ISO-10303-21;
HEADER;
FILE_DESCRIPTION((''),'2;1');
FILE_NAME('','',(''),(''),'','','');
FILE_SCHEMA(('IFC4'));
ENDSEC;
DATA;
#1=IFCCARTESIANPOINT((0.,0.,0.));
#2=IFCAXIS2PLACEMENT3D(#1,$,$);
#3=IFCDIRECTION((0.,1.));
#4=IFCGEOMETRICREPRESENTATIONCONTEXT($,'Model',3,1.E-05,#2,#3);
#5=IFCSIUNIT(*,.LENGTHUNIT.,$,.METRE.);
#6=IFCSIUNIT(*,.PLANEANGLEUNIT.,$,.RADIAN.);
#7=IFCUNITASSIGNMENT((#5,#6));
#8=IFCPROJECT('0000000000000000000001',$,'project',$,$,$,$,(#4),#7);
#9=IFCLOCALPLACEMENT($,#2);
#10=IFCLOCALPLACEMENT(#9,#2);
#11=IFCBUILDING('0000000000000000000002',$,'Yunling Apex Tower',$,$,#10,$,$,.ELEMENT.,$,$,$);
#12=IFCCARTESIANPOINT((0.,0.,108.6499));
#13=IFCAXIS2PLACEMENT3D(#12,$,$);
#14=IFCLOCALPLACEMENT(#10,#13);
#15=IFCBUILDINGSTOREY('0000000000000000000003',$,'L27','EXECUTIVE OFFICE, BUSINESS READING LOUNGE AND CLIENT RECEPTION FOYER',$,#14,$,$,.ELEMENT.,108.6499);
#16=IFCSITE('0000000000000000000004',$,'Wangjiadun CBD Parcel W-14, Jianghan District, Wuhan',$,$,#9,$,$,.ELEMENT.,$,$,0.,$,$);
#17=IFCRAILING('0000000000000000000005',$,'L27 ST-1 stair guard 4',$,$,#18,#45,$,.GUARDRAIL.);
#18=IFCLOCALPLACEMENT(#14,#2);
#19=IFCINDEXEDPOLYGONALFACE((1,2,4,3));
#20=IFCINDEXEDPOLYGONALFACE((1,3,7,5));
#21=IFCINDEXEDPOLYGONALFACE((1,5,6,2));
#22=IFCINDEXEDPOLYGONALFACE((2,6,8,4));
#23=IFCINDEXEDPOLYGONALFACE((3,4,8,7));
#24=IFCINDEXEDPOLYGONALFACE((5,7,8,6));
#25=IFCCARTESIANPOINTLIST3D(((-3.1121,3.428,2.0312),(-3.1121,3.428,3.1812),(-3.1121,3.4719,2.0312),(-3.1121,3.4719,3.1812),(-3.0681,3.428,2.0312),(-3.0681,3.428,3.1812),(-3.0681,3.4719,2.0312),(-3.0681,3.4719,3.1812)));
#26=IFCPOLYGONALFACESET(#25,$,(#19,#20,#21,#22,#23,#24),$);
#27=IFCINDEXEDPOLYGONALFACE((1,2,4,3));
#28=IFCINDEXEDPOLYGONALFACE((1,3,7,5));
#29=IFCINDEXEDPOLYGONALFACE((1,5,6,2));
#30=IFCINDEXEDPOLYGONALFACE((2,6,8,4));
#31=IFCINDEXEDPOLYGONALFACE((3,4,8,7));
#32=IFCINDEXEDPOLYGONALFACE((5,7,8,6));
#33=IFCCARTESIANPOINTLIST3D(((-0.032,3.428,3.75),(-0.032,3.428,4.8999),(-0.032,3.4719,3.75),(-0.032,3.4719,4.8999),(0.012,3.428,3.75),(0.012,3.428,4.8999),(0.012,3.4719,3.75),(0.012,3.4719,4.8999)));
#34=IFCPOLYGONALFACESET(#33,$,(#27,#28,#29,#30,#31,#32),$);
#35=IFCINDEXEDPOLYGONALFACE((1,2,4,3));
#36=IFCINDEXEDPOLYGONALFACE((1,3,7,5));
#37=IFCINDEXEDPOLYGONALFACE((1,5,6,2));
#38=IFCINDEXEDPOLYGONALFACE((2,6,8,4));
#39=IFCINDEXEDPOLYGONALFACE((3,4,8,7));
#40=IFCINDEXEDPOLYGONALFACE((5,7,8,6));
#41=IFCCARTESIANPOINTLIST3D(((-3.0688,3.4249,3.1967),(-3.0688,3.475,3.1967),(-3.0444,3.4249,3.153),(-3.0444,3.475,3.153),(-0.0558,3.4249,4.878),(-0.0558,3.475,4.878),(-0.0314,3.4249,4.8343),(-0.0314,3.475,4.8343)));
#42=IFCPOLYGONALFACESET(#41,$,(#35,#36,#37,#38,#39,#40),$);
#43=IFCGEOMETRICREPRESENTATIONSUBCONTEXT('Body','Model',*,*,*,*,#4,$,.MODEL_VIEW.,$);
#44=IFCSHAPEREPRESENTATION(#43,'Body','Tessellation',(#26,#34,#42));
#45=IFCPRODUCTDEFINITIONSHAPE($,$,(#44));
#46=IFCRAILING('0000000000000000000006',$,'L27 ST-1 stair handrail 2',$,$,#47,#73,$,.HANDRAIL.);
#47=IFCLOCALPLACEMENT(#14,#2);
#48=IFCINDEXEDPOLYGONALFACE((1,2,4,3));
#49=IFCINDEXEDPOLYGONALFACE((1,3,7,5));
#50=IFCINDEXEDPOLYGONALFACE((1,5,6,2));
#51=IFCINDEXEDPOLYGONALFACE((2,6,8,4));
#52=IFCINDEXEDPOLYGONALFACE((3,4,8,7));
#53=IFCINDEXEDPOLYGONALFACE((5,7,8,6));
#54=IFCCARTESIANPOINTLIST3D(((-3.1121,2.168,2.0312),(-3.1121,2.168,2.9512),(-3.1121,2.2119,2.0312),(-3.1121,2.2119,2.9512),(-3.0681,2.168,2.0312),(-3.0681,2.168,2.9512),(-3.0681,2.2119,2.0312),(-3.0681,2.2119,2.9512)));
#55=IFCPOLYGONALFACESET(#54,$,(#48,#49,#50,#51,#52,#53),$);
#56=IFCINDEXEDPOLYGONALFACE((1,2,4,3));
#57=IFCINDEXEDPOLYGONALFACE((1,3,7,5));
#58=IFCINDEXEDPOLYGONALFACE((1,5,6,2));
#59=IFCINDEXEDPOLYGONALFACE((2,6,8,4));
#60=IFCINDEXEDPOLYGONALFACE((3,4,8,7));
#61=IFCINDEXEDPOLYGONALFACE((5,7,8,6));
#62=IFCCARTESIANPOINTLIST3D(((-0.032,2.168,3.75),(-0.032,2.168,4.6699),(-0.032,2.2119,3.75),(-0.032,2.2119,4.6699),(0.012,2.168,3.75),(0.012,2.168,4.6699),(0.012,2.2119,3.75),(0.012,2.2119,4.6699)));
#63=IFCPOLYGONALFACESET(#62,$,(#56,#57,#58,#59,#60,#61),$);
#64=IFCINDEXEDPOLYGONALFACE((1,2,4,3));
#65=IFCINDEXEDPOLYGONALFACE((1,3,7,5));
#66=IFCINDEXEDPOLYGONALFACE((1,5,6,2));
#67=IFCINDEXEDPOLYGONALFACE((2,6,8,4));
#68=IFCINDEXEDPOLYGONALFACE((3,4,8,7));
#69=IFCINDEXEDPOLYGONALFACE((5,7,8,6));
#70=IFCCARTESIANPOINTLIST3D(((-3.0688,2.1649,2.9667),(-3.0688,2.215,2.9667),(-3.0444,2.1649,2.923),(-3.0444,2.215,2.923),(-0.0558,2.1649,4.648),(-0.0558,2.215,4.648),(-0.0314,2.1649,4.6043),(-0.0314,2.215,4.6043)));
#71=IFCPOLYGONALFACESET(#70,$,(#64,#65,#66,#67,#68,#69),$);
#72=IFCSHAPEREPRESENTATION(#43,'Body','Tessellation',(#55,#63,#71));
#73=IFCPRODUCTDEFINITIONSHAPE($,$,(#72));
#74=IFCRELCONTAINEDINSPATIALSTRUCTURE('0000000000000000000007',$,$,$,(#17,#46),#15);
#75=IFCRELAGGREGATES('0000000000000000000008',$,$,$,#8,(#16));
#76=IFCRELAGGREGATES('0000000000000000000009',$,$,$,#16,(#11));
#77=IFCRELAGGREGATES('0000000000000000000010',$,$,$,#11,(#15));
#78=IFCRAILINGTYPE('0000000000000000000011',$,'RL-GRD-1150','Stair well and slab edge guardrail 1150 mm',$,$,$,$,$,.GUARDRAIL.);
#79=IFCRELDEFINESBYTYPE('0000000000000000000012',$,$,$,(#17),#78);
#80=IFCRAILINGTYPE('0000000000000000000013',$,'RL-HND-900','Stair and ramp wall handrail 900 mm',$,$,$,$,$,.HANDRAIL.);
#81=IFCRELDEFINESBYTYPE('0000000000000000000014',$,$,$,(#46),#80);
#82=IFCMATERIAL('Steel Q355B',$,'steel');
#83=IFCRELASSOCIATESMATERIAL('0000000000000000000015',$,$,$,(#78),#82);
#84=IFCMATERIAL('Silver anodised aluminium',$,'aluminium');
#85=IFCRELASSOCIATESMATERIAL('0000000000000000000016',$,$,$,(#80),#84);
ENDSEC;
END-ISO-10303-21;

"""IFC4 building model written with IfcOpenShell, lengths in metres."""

from ifc_helpers import new_model, si_unit, direction, frame, origin, origin_2d, place, context, subcontext, project, spatial, rectangle, extrude, material, type_object, element, save


model = new_model("IFC4")

# Units and contexts
model_context = context("Model", 3, precision=1e-05, world=origin(), true_north=direction((0.0, 1.0)))
body_context = subcontext(model_context, "Body", "Model", "MODEL_VIEW")
ifc_project = project(units=[si_unit("LENGTHUNIT", "METRE"), si_unit("PLANEANGLEUNIT", "RADIAN")], contexts=[model_context])

# Site, building, storey
site_placement = place(None, origin())
site = spatial("IfcSite", under=ifc_project, at=site_placement, Name="Wangjiadun CBD Parcel W-14, Jianghan District, Wuhan", CompositionType="ELEMENT", RefElevation=0.0)
building_placement = place(site_placement, origin())
building = spatial("IfcBuilding", under=site, at=building_placement, Name="Yunling Apex Tower", CompositionType="ELEMENT")
storey_placement = place(building_placement, frame((0.0, 0.0, 108.6499)))
storey = spatial("IfcBuildingStorey", under=building, at=storey_placement, Name="L27", Description="EXECUTIVE OFFICE, BUSINESS READING LOUNGE AND CLIENT RECEPTION FOYER", CompositionType="ELEMENT", Elevation=108.6499)

# Shared definitions
ifc_material_1 = material(Name="Steel Q355B", Category="steel")

# Shared definitions
ifc_material_2 = material(Name="Silver anodised aluminium", Category="aluminium")

# Railings
railing_type_1 = type_object("IfcRailingType", Name="RL-GRD-1150", Description="Stair well and slab edge guardrail 1150 mm", PredefinedType="GUARDRAIL", material=ifc_material_1)
railing_1_placement = place(storey_placement, frame((-3.0901, 3.45, 2.0312)))
element("IfcRailing", 1, at=railing_1_placement, inside=storey, type_object=railing_type_1, Name="L27 ST-1 stair guard 4", PredefinedType="GUARDRAIL", context=body_context, shape_type="SweptSolid", body=[
    extrude(rectangle(XDim=0.0439, YDim=0.0439, at=origin_2d()), origin(), (0.0, 0.0, 1.0), 1.1499),
    extrude(rectangle(XDim=0.0439, YDim=0.0439, at=origin_2d()), frame((3.0801, 0.0, 1.7188)), (0.0, 0.0, 1.0), 1.1499),
    extrude(rectangle(XDim=0.05, YDim=0.05, at=origin_2d()), frame((0.0334, 0.0, 1.1436), z_axis=(0.873242, 0.0, 0.487288), x_axis=(0.0, 1.0, 0.0)), (0.0, 0.0, 1.0), 3.4504),
])
railing_type_2 = type_object("IfcRailingType", Name="RL-HND-900", Description="Stair and ramp wall handrail 900 mm", PredefinedType="HANDRAIL", material=ifc_material_2)
railing_2_placement = place(storey_placement, frame((-3.0901, 2.1899, 2.0312)))
element("IfcRailing", 2, at=railing_2_placement, inside=storey, type_object=railing_type_2, Name="L27 ST-1 stair handrail 2", PredefinedType="HANDRAIL", context=body_context, shape_type="SweptSolid", body=[
    extrude(rectangle(XDim=0.0439, YDim=0.0439, at=origin_2d()), origin(), (0.0, 0.0, 1.0), 0.9199),
    extrude(rectangle(XDim=0.0439, YDim=0.0439, at=origin_2d()), frame((3.0801, 0.0, 1.7188)), (0.0, 0.0, 1.0), 0.9199),
    extrude(rectangle(XDim=0.05, YDim=0.05, at=origin_2d()), frame((0.0334, 0.0, 0.9136), z_axis=(0.873242, 0.0, 0.487288), x_axis=(0.0, 1.0, 0.0)), (0.0, 0.0, 1.0), 3.4504),
])

save(model, "model.ifc")
